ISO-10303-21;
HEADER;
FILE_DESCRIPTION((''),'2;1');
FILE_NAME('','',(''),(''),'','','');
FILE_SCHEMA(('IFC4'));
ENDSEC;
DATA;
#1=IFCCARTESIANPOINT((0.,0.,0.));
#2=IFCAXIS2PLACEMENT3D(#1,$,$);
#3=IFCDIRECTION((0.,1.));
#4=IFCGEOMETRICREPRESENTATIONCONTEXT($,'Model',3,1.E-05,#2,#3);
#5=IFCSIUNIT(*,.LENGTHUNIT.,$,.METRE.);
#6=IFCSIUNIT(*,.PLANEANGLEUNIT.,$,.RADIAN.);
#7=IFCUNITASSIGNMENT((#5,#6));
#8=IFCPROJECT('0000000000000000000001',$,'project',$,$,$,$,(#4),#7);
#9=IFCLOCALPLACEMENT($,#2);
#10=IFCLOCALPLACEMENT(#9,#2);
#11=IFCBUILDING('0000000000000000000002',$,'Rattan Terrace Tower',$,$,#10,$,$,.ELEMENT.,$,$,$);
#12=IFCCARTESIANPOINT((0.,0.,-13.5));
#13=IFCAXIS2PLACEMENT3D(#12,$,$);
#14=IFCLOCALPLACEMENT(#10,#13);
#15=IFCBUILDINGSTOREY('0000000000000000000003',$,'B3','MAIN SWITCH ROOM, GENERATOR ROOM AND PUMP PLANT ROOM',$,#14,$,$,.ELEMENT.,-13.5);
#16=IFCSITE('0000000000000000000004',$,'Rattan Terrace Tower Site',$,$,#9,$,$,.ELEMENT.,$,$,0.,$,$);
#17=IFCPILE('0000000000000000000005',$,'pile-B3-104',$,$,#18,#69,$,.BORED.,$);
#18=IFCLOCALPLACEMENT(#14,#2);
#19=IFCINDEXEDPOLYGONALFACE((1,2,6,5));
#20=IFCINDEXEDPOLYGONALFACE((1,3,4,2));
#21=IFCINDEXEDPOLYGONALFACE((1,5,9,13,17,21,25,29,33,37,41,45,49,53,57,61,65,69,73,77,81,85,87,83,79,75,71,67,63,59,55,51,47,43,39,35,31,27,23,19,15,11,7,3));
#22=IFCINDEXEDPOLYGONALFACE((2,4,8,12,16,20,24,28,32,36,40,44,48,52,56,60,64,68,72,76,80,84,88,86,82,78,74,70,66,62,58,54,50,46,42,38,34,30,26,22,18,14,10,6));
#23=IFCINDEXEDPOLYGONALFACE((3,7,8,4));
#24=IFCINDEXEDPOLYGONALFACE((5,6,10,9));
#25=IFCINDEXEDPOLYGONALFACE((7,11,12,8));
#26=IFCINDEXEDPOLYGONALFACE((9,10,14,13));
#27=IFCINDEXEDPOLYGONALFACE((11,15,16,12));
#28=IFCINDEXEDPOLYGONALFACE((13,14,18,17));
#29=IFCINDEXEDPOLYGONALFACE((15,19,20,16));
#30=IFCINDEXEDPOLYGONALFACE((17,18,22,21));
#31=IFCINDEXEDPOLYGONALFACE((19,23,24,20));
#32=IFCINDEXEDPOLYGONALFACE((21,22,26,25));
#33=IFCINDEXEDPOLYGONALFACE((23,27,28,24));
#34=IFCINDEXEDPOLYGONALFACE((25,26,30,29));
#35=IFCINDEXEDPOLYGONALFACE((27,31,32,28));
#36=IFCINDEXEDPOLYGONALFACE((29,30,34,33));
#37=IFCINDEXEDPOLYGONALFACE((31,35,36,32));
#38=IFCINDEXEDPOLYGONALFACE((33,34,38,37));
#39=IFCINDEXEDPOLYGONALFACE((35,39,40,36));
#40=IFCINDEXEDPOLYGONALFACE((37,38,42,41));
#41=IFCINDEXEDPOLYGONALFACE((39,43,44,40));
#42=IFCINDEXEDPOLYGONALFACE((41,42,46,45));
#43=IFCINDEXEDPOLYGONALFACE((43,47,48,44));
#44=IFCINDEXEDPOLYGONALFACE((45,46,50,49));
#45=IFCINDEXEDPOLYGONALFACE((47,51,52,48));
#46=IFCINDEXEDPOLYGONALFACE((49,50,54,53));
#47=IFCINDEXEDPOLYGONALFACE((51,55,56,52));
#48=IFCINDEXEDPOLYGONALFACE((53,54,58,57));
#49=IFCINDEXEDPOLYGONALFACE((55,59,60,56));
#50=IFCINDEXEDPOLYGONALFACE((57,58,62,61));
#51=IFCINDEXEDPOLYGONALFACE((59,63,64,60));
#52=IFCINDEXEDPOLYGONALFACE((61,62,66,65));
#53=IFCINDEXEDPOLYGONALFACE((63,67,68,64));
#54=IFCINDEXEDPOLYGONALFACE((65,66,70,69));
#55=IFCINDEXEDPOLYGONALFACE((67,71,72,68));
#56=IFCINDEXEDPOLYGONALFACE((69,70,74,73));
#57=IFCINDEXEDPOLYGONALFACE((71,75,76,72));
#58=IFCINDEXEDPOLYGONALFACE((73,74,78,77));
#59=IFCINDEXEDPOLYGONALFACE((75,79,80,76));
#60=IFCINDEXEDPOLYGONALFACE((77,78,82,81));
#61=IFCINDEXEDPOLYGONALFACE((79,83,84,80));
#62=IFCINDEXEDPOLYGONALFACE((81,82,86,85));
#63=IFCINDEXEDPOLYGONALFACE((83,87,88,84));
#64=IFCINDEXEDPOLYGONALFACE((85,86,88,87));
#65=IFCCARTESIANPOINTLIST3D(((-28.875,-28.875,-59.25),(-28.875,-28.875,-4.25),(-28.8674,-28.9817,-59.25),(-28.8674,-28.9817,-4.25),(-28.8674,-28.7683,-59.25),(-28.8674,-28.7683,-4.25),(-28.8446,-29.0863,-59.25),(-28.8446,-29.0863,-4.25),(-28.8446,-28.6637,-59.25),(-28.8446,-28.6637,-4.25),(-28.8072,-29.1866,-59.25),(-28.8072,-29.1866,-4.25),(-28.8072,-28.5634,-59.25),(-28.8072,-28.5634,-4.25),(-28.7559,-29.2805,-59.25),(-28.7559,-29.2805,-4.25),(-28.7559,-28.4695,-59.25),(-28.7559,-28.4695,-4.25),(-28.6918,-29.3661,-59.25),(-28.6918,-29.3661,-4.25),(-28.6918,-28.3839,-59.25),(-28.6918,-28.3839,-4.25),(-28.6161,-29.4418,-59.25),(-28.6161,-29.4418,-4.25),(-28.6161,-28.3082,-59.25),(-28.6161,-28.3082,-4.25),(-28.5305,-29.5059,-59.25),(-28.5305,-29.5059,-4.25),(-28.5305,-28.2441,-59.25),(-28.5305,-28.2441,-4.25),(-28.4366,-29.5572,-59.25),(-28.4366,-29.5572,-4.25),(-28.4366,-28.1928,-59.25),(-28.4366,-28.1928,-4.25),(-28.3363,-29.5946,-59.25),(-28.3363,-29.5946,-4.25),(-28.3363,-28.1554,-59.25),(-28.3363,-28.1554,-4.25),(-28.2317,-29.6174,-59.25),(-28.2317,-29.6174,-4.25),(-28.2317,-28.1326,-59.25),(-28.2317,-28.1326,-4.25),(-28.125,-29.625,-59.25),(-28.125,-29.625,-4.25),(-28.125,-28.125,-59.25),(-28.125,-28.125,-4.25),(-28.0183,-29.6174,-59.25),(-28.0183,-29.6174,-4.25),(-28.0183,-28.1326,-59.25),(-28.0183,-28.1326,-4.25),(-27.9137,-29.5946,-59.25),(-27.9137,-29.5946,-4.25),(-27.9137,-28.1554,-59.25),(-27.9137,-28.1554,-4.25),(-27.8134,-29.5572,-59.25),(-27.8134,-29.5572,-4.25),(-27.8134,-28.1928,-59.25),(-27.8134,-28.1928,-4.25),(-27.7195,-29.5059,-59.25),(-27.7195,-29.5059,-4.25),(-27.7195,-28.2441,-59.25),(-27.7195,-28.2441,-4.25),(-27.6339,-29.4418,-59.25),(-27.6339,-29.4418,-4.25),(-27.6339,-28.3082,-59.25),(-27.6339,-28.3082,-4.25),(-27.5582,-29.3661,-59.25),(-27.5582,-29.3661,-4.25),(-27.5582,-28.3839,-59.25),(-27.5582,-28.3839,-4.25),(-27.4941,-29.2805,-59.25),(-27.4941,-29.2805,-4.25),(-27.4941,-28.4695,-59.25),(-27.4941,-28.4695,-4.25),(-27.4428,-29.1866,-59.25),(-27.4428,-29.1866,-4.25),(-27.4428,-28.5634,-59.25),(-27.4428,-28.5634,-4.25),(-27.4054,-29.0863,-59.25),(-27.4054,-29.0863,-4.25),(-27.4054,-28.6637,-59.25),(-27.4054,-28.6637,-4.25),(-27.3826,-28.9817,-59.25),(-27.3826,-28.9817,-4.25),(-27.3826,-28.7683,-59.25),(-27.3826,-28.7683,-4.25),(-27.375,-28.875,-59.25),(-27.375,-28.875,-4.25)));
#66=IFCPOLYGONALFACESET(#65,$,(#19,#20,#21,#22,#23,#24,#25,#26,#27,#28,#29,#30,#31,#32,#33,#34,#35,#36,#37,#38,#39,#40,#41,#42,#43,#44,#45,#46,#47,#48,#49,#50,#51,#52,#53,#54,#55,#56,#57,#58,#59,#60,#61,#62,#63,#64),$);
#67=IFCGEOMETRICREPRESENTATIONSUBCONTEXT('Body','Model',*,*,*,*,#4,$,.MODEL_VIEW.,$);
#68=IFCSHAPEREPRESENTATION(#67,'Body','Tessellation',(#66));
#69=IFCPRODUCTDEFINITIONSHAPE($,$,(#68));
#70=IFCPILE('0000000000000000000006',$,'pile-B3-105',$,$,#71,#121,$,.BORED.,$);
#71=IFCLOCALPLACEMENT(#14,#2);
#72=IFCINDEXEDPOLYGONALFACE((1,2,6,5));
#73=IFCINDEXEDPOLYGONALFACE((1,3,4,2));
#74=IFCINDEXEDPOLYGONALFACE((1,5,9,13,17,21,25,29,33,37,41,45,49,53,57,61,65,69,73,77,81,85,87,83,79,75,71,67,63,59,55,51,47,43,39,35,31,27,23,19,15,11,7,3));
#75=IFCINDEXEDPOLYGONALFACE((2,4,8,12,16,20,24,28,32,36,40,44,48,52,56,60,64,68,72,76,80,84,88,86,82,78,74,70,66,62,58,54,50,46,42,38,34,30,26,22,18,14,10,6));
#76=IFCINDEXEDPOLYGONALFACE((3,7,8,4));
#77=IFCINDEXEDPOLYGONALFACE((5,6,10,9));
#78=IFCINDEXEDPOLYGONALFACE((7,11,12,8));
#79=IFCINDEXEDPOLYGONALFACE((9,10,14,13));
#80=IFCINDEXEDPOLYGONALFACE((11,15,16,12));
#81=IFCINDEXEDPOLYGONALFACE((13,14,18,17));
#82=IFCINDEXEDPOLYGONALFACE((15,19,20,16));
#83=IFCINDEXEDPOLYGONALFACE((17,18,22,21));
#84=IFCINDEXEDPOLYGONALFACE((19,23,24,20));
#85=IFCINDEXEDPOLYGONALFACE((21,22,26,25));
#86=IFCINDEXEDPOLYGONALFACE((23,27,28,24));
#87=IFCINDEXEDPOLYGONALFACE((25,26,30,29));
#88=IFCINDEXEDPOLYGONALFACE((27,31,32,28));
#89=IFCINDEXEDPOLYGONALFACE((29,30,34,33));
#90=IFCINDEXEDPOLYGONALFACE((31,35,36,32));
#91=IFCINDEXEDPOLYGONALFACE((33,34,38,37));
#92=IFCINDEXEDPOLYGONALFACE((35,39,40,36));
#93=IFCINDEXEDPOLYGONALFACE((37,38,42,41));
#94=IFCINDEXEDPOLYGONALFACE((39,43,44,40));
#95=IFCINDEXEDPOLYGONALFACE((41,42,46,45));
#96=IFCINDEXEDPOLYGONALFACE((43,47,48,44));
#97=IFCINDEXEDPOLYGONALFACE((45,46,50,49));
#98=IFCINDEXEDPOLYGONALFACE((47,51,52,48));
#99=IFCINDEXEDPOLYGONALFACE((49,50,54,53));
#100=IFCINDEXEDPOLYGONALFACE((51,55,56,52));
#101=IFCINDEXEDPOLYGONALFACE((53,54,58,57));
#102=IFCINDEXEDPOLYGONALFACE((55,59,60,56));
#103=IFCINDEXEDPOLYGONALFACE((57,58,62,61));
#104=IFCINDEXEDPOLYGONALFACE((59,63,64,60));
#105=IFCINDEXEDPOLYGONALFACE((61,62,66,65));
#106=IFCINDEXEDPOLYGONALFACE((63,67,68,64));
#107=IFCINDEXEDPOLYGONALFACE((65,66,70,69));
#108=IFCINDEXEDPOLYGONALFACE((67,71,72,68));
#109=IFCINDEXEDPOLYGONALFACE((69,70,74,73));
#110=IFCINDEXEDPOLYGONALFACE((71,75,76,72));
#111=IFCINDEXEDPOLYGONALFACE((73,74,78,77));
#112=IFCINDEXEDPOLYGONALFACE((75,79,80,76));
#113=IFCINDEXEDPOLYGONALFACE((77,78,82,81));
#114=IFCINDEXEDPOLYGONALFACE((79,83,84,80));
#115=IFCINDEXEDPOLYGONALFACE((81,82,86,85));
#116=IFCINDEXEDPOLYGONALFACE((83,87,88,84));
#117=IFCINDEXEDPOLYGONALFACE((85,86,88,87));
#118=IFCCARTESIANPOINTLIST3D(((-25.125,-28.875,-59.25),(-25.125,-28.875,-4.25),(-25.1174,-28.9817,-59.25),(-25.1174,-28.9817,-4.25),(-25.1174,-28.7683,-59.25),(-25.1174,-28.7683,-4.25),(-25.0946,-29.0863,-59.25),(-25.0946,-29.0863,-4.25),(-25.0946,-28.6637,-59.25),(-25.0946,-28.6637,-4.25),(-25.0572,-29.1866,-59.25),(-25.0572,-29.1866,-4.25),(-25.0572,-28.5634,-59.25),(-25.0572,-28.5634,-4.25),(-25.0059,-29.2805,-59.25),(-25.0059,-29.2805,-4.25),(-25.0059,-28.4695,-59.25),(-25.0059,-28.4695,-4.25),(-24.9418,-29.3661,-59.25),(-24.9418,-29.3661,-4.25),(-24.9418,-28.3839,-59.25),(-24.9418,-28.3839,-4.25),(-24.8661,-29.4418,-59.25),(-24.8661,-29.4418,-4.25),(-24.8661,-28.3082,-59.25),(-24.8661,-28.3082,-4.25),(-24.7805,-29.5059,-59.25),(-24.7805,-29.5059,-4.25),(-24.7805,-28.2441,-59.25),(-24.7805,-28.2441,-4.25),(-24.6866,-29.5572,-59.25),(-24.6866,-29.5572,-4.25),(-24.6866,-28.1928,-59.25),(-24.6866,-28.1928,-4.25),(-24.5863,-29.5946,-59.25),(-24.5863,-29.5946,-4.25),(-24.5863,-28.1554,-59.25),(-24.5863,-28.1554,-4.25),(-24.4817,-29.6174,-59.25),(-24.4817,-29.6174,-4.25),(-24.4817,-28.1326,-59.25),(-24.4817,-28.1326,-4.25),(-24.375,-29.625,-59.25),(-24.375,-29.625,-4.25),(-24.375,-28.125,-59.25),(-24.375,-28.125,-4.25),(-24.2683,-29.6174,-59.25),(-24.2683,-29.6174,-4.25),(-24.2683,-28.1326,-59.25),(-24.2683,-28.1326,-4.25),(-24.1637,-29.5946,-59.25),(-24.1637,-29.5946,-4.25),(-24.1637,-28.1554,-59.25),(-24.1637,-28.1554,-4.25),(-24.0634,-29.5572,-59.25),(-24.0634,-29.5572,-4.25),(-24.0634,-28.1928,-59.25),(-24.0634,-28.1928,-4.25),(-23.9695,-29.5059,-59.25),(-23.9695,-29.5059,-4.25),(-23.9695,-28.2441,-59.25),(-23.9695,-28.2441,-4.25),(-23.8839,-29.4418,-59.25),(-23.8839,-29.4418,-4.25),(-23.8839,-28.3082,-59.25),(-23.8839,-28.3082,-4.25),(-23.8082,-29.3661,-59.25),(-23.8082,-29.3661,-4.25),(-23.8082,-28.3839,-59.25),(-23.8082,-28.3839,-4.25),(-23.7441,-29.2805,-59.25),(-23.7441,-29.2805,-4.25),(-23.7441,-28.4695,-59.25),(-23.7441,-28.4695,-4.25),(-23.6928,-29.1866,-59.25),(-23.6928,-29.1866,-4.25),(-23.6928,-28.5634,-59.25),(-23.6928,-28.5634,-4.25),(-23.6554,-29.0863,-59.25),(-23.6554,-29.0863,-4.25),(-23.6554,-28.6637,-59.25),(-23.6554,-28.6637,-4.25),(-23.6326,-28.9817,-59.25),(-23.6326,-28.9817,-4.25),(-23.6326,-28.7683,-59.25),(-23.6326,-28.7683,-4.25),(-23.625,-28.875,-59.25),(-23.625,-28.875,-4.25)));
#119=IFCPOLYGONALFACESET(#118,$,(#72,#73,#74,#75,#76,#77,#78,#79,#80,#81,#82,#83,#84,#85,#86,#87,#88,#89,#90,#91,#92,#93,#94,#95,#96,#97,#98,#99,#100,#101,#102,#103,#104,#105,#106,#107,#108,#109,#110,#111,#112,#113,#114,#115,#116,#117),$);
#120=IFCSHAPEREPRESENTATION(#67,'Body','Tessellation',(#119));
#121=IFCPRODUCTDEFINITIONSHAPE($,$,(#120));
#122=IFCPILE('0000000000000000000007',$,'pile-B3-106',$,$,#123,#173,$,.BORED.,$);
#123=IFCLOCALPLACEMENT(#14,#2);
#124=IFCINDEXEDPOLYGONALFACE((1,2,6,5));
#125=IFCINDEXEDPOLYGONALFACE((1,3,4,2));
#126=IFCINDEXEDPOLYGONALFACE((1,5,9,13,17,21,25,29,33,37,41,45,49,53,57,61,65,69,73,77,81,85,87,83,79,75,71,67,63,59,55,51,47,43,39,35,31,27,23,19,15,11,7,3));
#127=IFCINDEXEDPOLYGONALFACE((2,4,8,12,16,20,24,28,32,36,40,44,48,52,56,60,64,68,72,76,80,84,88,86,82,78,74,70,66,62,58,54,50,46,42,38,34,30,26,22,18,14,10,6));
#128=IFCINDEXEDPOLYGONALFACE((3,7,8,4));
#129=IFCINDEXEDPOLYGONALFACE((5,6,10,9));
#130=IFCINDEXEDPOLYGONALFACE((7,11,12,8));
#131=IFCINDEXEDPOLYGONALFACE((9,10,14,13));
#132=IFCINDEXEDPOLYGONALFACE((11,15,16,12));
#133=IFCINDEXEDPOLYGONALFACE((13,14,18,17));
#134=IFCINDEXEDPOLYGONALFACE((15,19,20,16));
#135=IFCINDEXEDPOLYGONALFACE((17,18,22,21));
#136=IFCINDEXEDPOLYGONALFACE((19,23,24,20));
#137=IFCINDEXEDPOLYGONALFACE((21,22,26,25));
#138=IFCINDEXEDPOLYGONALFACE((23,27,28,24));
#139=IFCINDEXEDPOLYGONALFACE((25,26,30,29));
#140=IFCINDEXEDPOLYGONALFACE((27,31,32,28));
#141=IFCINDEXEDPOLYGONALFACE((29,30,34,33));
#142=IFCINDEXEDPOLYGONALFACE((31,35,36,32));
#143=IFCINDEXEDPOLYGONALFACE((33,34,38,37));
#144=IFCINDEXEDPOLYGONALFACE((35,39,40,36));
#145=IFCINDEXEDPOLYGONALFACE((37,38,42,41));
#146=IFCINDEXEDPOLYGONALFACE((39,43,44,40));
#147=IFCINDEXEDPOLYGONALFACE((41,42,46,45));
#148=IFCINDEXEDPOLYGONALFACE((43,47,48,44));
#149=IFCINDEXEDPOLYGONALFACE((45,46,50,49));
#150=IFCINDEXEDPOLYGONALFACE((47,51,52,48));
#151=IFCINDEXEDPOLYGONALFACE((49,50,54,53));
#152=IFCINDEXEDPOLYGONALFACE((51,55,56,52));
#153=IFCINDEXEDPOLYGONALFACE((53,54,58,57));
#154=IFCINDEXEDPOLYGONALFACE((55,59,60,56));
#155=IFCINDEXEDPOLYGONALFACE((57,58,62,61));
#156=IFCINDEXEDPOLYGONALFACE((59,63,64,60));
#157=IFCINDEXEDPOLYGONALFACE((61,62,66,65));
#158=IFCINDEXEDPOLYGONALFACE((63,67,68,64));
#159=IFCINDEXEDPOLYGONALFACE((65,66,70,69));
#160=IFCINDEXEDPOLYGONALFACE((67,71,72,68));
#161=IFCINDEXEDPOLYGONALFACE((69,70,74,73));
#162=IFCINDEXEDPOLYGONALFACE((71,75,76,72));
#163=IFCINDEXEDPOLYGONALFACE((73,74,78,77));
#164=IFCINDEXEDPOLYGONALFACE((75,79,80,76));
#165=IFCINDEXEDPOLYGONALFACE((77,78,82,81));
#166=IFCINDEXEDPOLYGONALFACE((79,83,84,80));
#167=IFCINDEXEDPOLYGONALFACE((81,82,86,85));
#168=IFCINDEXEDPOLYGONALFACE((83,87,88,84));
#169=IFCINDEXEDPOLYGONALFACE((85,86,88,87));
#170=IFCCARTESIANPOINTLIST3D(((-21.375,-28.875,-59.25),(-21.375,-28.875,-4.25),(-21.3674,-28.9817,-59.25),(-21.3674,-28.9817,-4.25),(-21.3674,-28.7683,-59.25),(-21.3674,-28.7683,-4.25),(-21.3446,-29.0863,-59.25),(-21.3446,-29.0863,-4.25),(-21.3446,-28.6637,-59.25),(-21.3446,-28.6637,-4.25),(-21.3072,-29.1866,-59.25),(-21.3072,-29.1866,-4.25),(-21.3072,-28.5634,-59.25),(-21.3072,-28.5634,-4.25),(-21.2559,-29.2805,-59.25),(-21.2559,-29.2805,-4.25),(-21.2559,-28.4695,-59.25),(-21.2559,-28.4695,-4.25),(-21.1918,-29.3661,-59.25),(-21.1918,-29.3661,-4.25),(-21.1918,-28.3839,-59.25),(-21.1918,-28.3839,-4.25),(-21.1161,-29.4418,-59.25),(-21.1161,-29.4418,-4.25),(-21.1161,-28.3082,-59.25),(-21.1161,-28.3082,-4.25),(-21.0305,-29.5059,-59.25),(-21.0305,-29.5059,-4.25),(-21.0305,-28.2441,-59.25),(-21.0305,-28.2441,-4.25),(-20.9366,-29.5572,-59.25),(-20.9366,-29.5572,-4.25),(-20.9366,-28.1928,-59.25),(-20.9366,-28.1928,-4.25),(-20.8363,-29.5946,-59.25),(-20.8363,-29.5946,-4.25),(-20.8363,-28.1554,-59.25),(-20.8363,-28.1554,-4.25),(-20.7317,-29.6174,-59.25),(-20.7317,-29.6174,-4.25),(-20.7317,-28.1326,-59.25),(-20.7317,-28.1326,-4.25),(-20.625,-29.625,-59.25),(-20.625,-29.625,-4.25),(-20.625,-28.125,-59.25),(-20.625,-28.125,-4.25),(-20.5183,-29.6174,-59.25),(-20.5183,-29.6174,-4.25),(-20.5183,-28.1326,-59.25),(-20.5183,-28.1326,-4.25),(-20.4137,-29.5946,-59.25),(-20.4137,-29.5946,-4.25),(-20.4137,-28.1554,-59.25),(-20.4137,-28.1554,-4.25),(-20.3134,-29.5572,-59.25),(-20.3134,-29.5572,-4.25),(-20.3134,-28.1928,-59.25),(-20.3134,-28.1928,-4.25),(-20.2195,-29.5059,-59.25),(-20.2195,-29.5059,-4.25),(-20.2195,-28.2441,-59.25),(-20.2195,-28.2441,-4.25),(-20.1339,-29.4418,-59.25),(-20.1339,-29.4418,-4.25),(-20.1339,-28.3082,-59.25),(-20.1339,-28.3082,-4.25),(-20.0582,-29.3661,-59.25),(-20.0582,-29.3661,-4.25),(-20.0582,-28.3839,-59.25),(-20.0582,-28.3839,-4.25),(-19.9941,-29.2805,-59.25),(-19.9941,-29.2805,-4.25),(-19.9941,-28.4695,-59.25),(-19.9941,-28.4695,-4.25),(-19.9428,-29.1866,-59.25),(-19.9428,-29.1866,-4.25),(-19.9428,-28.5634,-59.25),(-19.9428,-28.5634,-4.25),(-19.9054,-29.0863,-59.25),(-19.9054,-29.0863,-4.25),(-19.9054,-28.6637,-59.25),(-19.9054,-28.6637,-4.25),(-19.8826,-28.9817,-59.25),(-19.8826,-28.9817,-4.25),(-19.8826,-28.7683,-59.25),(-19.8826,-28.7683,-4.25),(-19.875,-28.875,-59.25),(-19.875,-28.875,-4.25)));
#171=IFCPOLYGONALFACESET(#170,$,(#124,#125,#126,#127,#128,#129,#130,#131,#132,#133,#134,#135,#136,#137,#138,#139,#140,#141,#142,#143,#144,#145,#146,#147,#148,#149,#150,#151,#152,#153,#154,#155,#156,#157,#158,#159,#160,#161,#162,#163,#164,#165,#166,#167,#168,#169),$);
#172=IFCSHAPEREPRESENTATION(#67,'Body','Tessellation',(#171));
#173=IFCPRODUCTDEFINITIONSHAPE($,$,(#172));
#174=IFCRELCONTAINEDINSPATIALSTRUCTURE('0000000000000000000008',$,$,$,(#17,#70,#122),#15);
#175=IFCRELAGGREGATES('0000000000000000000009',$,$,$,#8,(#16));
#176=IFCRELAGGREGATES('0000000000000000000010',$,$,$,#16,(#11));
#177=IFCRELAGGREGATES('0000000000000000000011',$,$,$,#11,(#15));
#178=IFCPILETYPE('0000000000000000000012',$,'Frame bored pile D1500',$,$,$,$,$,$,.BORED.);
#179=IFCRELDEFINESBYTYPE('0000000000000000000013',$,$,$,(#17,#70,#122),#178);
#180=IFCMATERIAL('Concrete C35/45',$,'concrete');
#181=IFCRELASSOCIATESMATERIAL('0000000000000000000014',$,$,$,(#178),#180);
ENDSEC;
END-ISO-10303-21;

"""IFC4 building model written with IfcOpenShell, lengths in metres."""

from ifc_helpers import new_model, si_unit, direction, frame, origin, origin_2d, place, context, subcontext, project, spatial, circle, extrude, material, material_profile, profile_set, type_object, element, save


model = new_model("IFC4")

# Units and contexts
model_context = context("Model", 3, precision=1e-05, world=origin(), true_north=direction((0.0, 1.0)))
body_context = subcontext(model_context, "Body", "Model", "MODEL_VIEW")
ifc_project = project(units=[si_unit("LENGTHUNIT", "METRE"), si_unit("PLANEANGLEUNIT", "RADIAN")], contexts=[model_context])

# Site, building, storey
site_placement = place(None, origin())
site = spatial("IfcSite", under=ifc_project, at=site_placement, Name="Rattan Terrace Tower Site", CompositionType="ELEMENT", RefElevation=0.0)
building_placement = place(site_placement, origin())
building = spatial("IfcBuilding", under=site, at=building_placement, Name="Rattan Terrace Tower", CompositionType="ELEMENT")
storey_placement = place(building_placement, frame((0.0, 0.0, -13.5)))
storey = spatial("IfcBuildingStorey", under=building, at=storey_placement, Name="B3", Description="MAIN SWITCH ROOM, GENERATOR ROOM AND PUMP PLANT ROOM", CompositionType="ELEMENT", Elevation=-13.5)

# Piles
ifc_material_1 = material(Name="Concrete C35/45", Category="concrete")
ifc_material_profile_1 = material_profile(ifc_material_1, circle(Radius=0.75, at=origin_2d()), Name="PILE D1500")
ifc_profile_set_1 = profile_set([ifc_material_profile_1], Name="Concrete C35/45")
pile_type = type_object("IfcPileType", Name="Frame bored pile D1500", PredefinedType="BORED", material=ifc_profile_set_1)
for number, where, z_axis, x_axis, name in (
    (1, (-28.125, -28.875, -4.25), (0.0, 0.0, -1.0), (1.0, 0.0, 0.0), "pile-B3-104"),
    (2, (-24.375, -28.875, -4.25), (0.0, 0.0, -1.0), (1.0, 0.0, 0.0), "pile-B3-105"),
    (3, (-20.625, -28.875, -4.25), (0.0, 0.0, -1.0), (1.0, 0.0, 0.0), "pile-B3-106"),
):
    element("IfcPile", number, at=place(storey_placement, frame(where, z_axis=z_axis, x_axis=x_axis)), inside=storey, type_object=pile_type, Name=name, PredefinedType="BORED", context=body_context, shape_type="SweptSolid", body=[
        extrude(circle(Radius=0.75, at=origin_2d()), origin(), (0.0, 0.0, 1.0), 55.0),
    ])

save(model, "model.ifc")
